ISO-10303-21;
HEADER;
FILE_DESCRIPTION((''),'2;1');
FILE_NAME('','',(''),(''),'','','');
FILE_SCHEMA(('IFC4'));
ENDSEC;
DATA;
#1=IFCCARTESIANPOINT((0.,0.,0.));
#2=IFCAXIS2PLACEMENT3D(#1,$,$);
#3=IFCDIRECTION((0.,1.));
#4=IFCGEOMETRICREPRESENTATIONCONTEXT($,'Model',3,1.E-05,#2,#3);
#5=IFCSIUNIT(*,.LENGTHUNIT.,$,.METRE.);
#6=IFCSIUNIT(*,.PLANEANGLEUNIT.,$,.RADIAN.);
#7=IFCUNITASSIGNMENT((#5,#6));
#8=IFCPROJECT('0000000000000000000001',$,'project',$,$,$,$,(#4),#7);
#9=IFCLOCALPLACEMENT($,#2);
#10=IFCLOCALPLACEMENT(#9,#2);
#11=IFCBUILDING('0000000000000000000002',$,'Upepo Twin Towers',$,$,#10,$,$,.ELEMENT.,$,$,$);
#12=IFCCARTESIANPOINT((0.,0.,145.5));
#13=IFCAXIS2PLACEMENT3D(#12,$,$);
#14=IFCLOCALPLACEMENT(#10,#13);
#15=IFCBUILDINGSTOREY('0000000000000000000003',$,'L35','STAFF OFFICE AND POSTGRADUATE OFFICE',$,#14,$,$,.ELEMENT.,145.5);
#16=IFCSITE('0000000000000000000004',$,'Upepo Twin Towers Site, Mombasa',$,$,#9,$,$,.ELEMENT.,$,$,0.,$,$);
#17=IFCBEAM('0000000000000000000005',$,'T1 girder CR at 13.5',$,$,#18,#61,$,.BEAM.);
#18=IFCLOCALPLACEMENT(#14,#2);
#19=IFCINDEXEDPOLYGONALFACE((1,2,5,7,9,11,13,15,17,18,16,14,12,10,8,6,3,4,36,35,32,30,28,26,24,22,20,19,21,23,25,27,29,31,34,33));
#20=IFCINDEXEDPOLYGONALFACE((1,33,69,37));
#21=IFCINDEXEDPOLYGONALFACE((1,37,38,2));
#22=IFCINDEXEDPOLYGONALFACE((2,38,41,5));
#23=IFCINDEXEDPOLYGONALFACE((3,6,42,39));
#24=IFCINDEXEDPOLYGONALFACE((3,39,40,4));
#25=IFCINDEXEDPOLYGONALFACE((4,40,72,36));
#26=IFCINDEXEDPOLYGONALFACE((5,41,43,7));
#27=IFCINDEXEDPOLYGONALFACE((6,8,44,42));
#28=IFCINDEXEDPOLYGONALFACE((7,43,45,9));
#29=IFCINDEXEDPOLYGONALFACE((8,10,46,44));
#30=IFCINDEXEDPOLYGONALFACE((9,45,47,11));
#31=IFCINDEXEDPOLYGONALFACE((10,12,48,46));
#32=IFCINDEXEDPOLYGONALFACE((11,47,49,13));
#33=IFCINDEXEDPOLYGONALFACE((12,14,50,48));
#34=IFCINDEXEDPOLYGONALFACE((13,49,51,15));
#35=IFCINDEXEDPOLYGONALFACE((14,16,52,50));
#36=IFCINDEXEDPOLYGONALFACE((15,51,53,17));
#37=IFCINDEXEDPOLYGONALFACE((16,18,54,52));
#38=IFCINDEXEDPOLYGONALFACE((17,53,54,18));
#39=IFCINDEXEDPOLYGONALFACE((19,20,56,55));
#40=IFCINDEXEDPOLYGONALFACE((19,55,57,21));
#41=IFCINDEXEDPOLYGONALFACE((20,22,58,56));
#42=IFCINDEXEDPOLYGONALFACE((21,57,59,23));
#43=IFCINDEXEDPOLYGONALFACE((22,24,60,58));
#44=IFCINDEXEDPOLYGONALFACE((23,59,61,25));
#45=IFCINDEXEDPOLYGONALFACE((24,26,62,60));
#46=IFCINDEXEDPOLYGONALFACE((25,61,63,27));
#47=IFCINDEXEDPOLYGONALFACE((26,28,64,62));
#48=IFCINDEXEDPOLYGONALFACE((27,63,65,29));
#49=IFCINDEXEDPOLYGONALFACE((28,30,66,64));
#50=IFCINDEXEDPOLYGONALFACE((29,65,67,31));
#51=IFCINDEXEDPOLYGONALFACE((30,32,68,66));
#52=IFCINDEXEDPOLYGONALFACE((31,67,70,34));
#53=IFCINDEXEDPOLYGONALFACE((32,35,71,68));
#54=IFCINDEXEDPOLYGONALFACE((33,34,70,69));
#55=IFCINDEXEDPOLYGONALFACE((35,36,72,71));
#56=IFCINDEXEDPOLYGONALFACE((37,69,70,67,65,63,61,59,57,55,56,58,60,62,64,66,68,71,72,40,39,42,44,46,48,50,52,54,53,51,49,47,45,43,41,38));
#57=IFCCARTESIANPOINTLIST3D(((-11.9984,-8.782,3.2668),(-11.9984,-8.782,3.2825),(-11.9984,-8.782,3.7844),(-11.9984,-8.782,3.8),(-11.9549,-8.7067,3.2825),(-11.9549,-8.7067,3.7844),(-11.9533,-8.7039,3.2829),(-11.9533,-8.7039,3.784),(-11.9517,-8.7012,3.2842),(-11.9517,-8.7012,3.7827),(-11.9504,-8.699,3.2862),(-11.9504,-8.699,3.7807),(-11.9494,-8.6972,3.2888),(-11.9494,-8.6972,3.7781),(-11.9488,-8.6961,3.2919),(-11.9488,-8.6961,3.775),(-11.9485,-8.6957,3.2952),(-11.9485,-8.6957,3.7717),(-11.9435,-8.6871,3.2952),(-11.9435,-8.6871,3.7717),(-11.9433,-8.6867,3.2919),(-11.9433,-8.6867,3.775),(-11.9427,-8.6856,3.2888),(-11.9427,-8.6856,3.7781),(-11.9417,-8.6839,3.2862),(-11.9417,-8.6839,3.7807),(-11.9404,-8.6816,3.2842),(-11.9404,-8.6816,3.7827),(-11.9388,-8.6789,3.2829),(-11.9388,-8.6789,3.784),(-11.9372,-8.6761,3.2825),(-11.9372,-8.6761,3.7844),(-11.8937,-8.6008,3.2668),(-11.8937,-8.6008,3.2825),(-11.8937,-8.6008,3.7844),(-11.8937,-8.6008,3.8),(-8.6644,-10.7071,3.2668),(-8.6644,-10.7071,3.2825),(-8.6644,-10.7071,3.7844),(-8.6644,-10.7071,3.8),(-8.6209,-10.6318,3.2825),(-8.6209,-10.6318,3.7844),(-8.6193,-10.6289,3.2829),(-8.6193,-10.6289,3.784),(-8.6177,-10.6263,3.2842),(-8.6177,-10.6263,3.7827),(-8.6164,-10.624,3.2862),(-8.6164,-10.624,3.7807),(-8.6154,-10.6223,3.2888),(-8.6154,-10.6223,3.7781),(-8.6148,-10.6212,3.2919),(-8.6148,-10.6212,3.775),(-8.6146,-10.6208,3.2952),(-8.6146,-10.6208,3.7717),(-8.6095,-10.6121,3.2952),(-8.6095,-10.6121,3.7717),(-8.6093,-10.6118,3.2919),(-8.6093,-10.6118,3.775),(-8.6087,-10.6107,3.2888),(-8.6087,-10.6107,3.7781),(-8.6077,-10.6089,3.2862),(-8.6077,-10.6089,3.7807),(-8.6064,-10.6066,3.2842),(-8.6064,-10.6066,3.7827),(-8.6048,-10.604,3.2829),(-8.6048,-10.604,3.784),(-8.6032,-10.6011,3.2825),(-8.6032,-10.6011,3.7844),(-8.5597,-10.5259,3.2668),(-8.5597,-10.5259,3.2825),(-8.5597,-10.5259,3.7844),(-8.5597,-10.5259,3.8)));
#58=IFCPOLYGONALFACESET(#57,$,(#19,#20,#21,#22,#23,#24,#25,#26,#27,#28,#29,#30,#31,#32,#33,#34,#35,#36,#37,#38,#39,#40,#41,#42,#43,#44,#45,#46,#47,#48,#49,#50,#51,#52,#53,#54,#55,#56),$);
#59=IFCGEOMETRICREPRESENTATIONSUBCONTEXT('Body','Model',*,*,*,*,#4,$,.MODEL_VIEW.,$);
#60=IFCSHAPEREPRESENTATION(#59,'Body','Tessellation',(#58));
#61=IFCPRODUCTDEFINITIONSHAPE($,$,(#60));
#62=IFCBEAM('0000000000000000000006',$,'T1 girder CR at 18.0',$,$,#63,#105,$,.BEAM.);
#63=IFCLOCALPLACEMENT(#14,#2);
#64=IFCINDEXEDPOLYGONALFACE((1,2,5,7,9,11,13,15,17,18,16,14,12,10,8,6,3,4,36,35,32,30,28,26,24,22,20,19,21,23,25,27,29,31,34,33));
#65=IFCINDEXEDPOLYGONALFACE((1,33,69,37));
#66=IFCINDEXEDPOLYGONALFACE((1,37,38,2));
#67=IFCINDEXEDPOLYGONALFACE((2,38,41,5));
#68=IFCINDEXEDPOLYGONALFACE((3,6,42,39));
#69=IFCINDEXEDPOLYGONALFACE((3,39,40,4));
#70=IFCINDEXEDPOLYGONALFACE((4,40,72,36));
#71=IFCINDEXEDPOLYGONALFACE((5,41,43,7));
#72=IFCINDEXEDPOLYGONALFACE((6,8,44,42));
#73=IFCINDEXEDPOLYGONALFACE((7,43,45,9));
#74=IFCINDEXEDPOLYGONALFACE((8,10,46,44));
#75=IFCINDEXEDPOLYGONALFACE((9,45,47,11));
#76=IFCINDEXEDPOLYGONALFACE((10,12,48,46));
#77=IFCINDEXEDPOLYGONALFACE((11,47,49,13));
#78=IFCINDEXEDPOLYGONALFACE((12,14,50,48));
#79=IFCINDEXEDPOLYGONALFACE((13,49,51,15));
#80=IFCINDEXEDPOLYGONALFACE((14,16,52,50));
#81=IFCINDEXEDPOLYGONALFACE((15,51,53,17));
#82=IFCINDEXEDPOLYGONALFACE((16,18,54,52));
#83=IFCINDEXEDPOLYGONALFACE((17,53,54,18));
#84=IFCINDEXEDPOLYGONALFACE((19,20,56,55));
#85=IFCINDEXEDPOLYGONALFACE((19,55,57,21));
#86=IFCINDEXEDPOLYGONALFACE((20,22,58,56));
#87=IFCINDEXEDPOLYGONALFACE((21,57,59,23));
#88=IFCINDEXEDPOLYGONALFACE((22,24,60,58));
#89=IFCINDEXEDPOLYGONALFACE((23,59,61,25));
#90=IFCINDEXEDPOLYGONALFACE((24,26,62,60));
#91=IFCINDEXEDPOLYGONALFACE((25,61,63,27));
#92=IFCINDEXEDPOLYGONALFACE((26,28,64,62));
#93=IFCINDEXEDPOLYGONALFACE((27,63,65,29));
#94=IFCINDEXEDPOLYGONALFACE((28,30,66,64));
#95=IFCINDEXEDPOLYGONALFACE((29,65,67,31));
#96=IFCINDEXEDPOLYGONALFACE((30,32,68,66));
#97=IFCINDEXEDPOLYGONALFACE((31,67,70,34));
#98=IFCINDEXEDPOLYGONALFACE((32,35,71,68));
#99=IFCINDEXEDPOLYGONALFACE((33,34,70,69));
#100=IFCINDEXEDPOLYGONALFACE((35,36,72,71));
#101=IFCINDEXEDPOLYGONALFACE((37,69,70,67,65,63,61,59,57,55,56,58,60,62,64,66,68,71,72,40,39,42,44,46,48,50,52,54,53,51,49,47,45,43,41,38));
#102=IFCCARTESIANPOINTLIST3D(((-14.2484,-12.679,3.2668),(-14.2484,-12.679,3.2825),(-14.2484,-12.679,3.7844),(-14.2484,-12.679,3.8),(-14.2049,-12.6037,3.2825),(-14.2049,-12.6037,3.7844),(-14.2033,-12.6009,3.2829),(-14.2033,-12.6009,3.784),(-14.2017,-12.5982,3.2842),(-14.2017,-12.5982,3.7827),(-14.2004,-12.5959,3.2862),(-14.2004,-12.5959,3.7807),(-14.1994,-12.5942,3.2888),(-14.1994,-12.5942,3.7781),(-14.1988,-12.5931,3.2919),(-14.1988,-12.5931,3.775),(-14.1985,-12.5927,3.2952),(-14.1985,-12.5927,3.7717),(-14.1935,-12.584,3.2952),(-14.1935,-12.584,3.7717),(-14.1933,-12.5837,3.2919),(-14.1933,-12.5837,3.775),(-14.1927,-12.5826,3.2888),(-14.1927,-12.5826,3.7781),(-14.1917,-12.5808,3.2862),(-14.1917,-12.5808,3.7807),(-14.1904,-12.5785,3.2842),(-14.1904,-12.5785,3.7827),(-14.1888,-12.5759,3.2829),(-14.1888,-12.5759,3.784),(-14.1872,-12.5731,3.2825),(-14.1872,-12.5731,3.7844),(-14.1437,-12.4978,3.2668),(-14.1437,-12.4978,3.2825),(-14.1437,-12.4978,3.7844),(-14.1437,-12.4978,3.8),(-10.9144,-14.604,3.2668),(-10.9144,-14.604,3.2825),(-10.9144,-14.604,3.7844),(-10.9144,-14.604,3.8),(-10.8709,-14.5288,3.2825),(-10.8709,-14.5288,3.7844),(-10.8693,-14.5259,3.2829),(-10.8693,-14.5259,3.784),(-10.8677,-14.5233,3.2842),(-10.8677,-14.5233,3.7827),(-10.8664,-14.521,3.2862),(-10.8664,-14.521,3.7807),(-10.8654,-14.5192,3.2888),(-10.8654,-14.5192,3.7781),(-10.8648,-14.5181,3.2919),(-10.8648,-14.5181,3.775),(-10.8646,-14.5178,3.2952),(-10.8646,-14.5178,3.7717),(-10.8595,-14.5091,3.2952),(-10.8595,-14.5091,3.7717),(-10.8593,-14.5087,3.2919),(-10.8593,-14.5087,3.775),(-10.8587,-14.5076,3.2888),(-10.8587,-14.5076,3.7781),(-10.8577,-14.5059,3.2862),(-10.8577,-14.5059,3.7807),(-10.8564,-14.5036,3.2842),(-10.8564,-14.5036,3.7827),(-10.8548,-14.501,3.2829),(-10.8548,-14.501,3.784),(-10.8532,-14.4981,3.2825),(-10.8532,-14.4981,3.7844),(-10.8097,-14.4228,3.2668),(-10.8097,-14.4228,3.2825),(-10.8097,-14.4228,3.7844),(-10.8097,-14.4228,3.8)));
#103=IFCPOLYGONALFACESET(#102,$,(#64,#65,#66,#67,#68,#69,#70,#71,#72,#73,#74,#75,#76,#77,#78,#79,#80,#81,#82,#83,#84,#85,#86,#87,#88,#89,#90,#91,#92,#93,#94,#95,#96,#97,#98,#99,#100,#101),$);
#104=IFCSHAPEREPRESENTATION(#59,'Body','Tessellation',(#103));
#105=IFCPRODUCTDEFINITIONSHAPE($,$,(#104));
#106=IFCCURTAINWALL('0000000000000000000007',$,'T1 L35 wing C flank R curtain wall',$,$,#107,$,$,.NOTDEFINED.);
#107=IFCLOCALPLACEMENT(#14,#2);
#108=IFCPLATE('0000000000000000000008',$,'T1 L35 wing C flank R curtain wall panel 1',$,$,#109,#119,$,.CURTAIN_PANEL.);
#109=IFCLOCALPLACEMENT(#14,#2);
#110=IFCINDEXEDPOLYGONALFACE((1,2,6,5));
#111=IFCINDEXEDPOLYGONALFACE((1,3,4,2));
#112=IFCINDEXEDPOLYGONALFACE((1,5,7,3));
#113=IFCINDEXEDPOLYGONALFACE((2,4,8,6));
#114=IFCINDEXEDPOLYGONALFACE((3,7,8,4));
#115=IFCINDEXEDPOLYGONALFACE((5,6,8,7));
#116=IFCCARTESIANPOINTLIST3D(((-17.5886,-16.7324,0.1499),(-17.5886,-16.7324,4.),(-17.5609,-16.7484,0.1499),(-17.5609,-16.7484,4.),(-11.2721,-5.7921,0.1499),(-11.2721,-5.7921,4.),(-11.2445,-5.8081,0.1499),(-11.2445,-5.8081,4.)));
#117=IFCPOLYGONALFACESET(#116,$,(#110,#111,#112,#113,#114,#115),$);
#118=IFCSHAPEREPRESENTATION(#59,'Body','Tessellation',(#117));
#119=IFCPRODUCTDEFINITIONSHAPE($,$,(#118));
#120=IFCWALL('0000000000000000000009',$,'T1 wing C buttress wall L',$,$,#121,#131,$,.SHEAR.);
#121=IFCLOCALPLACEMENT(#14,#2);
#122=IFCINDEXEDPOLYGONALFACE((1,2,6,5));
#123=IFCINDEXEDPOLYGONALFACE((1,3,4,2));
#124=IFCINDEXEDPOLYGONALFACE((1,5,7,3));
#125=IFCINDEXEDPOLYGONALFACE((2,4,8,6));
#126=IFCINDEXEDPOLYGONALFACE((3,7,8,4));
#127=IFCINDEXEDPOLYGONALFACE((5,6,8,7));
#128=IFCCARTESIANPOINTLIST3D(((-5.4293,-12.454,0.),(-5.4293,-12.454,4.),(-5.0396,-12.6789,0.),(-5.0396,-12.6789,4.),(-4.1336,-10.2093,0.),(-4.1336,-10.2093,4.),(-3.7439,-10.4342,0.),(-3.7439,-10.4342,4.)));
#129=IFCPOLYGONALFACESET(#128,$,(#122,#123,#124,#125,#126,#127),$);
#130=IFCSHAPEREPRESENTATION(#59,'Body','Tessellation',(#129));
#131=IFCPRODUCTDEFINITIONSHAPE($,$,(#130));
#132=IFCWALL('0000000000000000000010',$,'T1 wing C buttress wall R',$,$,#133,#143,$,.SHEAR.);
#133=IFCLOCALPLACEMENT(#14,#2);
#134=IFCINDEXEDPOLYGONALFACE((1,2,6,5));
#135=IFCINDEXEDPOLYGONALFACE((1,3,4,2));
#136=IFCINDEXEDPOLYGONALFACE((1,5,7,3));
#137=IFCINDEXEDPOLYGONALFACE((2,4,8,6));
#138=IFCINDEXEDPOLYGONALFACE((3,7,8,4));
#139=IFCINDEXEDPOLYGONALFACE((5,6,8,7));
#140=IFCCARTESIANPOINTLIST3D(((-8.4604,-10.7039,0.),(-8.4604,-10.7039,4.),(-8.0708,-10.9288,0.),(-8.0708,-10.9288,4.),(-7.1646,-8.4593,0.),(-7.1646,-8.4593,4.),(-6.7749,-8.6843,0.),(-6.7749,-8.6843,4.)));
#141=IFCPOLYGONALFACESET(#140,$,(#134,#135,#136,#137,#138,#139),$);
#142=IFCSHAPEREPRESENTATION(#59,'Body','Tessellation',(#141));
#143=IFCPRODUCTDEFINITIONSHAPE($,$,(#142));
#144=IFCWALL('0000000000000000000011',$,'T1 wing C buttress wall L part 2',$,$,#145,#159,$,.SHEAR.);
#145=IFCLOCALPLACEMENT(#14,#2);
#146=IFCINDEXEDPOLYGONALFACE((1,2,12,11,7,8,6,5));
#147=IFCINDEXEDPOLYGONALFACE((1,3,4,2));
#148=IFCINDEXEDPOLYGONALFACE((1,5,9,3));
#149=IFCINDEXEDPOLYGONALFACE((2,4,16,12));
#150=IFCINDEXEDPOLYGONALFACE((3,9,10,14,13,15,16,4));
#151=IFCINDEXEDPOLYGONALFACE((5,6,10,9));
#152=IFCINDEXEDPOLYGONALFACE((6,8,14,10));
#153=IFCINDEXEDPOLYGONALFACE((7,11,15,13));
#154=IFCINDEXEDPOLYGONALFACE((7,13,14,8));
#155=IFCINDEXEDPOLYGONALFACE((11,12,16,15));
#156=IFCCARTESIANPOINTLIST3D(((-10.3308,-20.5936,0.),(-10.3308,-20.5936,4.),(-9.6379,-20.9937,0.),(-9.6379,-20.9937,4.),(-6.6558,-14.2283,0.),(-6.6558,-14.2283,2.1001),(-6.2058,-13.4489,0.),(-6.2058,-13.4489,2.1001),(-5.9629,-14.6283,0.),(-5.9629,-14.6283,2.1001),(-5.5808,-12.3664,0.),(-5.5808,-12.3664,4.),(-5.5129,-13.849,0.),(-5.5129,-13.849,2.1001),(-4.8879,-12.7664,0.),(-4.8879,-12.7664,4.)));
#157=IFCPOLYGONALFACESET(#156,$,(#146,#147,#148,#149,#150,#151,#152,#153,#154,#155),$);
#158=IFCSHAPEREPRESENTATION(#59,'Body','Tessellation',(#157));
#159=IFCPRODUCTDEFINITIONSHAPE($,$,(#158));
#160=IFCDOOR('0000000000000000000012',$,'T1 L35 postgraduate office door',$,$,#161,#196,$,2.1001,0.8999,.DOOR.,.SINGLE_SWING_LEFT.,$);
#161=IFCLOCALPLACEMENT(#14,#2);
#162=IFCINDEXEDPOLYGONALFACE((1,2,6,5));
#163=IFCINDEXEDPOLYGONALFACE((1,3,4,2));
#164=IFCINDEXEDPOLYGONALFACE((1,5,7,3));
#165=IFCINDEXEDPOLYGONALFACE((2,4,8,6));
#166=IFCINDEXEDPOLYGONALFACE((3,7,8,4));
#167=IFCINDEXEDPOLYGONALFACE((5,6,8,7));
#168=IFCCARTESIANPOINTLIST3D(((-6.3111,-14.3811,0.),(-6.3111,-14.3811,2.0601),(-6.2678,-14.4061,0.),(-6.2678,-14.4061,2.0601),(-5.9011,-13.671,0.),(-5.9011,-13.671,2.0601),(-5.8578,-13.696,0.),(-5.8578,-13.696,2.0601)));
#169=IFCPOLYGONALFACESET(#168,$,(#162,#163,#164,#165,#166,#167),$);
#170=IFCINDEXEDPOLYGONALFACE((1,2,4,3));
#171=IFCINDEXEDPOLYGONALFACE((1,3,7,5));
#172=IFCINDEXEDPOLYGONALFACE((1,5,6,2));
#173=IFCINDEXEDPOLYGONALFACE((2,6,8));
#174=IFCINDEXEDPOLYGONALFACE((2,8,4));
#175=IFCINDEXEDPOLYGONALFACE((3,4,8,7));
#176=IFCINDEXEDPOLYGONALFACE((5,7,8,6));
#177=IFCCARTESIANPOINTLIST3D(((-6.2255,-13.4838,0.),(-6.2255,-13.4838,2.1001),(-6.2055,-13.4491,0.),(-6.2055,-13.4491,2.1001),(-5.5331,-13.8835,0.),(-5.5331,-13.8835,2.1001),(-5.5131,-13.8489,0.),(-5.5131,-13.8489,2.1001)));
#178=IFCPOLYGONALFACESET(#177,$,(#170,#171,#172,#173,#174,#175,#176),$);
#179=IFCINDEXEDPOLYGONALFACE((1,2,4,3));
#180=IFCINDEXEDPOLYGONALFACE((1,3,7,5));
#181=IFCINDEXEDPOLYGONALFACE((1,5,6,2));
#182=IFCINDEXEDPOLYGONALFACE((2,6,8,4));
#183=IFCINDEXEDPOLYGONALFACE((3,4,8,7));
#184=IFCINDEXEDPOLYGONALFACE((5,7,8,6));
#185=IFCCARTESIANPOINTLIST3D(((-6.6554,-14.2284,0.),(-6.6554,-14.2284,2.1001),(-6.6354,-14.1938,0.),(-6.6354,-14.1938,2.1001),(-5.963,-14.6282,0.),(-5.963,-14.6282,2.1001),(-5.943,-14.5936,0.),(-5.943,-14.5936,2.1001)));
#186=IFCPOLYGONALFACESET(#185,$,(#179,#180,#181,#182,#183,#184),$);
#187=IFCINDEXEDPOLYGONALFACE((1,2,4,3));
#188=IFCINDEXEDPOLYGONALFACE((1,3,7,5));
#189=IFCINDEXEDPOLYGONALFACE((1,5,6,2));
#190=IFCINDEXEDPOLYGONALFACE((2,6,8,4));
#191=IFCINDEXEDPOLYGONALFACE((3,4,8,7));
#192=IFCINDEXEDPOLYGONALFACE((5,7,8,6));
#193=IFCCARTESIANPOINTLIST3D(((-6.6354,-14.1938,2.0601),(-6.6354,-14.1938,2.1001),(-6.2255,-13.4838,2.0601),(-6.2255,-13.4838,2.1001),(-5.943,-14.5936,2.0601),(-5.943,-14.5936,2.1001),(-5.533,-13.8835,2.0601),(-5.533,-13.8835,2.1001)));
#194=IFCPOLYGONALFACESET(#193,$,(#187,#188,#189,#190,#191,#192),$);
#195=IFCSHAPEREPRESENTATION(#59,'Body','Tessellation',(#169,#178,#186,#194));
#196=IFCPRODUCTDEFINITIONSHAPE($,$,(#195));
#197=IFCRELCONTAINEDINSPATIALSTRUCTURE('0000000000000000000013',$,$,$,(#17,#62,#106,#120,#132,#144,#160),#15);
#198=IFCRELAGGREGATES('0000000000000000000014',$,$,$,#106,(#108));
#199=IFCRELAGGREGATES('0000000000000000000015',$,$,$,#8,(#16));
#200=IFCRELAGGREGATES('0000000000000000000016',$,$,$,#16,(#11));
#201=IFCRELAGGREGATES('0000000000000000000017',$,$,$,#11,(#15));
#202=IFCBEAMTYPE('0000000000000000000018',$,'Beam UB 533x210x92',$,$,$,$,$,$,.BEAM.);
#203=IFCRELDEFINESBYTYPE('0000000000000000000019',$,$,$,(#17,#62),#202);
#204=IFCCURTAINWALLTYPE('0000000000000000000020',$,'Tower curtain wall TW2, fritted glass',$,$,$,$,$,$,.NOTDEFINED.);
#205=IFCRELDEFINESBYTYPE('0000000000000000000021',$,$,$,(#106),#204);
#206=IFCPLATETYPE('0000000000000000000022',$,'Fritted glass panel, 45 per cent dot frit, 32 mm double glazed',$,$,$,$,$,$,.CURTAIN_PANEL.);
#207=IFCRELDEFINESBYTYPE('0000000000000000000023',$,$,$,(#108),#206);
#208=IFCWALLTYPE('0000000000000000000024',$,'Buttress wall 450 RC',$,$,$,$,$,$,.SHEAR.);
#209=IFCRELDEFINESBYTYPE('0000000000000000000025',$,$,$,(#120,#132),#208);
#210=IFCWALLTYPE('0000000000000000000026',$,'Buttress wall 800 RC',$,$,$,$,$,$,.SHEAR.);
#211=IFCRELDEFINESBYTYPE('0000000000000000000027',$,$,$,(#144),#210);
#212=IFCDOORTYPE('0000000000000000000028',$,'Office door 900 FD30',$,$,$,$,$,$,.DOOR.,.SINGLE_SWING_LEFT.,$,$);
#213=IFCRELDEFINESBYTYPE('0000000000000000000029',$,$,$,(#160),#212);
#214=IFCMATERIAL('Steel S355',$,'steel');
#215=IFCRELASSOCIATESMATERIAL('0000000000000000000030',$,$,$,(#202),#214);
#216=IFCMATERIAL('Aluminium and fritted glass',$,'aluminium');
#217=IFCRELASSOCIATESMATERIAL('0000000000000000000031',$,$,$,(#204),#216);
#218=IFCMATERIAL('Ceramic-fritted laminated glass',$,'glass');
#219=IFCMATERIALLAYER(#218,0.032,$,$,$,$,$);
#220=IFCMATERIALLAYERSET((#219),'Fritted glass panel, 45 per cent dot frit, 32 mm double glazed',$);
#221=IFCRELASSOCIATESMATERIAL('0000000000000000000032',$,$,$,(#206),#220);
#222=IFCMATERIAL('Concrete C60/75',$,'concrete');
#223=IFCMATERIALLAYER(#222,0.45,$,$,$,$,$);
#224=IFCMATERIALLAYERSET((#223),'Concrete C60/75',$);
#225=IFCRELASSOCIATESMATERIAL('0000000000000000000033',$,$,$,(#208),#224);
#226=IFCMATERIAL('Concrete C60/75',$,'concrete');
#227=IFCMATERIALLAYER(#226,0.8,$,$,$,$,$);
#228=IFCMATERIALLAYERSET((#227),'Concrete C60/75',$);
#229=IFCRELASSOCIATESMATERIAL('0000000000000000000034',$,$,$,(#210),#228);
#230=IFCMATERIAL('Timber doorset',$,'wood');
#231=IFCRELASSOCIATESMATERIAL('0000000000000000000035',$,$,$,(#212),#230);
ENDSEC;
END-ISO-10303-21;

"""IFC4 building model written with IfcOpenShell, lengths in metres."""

from ifc_helpers import new_model, si_unit, direction, frame, frame_2d, origin, origin_2d, place, context, subcontext, project, spatial, rectangle, i_section, extrude, material, layer, layer_set, material_profile, profile_set, type_object, element, fill, aggregate, save


model = new_model("IFC4")

# Units and contexts
model_context = context("Model", 3, precision=1e-05, world=origin(), true_north=direction((0.0, 1.0)))
body_context = subcontext(model_context, "Body", "Model", "MODEL_VIEW")
ifc_project = project(units=[si_unit("LENGTHUNIT", "METRE"), si_unit("PLANEANGLEUNIT", "RADIAN")], contexts=[model_context])

# Site, building, storey
site_placement = place(None, origin())
site = spatial("IfcSite", under=ifc_project, at=site_placement, Name="Upepo Twin Towers Site, Mombasa", CompositionType="ELEMENT", RefElevation=0.0)
building_placement = place(site_placement, origin())
building = spatial("IfcBuilding", under=site, at=building_placement, Name="Upepo Twin Towers", CompositionType="ELEMENT")
storey_placement = place(building_placement, frame((0.0, 0.0, 145.5)))
storey = spatial("IfcBuildingStorey", under=building, at=storey_placement, Name="L35", Description="STAFF OFFICE AND POSTGRADUATE OFFICE", CompositionType="ELEMENT", Elevation=145.5)

# Beams
ifc_material_1 = material(Name="Steel S355", Category="steel")
ifc_material_profile_1 = material_profile(ifc_material_1, i_section(OverallWidth=0.2092, OverallDepth=0.5332, WebThickness=0.01, FlangeThickness=0.0156, FilletRadius=0.0127, at=origin_2d()), Name="UB 533x210x92")
ifc_profile_set_1 = profile_set([ifc_material_profile_1], Name="Steel S355")
beam_type_1 = type_object("IfcBeamType", Name="Beam UB 533x210x92", PredefinedType="BEAM", material=ifc_profile_set_1)
for number, where, z_axis, x_axis, name in (
    (1, (-11.946, -8.6914, 3.5334), (0.866006, -0.500034, 0.0), (0.500034, 0.866006, 0.0), "T1 girder CR at 13.5"),
    (2, (-14.196, -12.5884, 3.5334), (0.866006, -0.500034, 0.0), (0.500034, 0.866006, 0.0), "T1 girder CR at 18.0"),
):
    element("IfcBeam", number, at=place(storey_placement, frame(where, z_axis=z_axis, x_axis=x_axis)), inside=storey, type_object=beam_type_1, Name=name, PredefinedType="BEAM", context=body_context, shape_type="SweptSolid", body=[
        extrude(i_section(OverallWidth=0.2092, OverallDepth=0.5332, WebThickness=0.01, FlangeThickness=0.0156, FilletRadius=0.0127, at=origin_2d()), origin(), (0.0, 0.0, 1.0), 3.8499),
    ])

# Curtain wall, plate
ifc_material_2 = material(Name="Aluminium and fritted glass", Category="aluminium")
curtain_wall_type = type_object("IfcCurtainWallType", Name="Tower curtain wall TW2, fritted glass", PredefinedType="NOTDEFINED", material=ifc_material_2)
curtain_wall_placement = place(storey_placement, origin())
curtain_wall = element("IfcCurtainWall", 3, at=curtain_wall_placement, inside=storey, type_object=curtain_wall_type, Name="T1 L35 wing C flank R curtain wall", PredefinedType="NOTDEFINED")
ifc_material_3 = material(Name="Ceramic-fritted laminated glass", Category="glass")
ifc_layer_1 = layer(ifc_material_3, 0.032)
ifc_layer_set_1 = layer_set([ifc_layer_1], Name="Fritted glass panel, 45 per cent dot frit, 32 mm double glazed")
plate_type = type_object("IfcPlateType", Name="Fritted glass panel, 45 per cent dot frit, 32 mm double glazed", PredefinedType="CURTAIN_PANEL", material=ifc_layer_set_1)
plate_placement = place(storey_placement, frame((-14.4165, -11.2703, 0.1499), z_axis=(0.0, 0.0, 1.0), x_axis=(0.5, 0.866025, 0.0)))
plate = element("IfcPlate", 4, at=plate_placement, type_object=plate_type, Name="T1 L35 wing C flank R curtain wall panel 1", PredefinedType="CURTAIN_PANEL", context=body_context, shape_type="SweptSolid", body=[
    extrude(rectangle(XDim=12.6328, YDim=0.032, at=origin_2d()), origin(), (0.0, 0.0, 1.0), 3.8501),
])
aggregate(curtain_wall, [plate])

# Walls
ifc_material_4 = material(Name="Concrete C60/75", Category="concrete")
ifc_layer_2 = layer(ifc_material_4, 0.45)
ifc_layer_set_2 = layer_set([ifc_layer_2], Name="Concrete C60/75")
wall_type_1 = type_object("IfcWallType", Name="Buttress wall 450 RC", PredefinedType="SHEAR", material=ifc_layer_set_2)
for number, where, z_axis, x_axis, name in (
    (5, (-3.9387, -10.3218, 0.0), (0.0, 0.0, 1.0), (-0.499918, -0.866073, 0.0), "T1 wing C buttress wall L"),
    (6, (-6.9697, -8.5718, 0.0), (0.0, 0.0, 1.0), (-0.499989, -0.866032, 0.0), "T1 wing C buttress wall R"),
):
    element("IfcWall", number, at=place(storey_placement, frame(where, z_axis=z_axis, x_axis=x_axis)), inside=storey, type_object=wall_type_1, Name=name, PredefinedType="SHEAR", context=body_context, shape_type="SweptSolid", body=[
        extrude(rectangle(XDim=2.5918, YDim=0.45, at=frame_2d((1.2959, 0.0))), origin(), (0.0, 0.0, 1.0), 4.0),
    ])

# Wall, opening, door
ifc_material_5 = material(Name="Concrete C60/75", Category="concrete")
ifc_layer_3 = layer(ifc_material_5, 0.8)
ifc_layer_set_3 = layer_set([ifc_layer_3], Name="Concrete C60/75")
wall_type_2 = type_object("IfcWallType", Name="Buttress wall 800 RC", PredefinedType="SHEAR", material=ifc_layer_set_3)
wall_1_placement = place(storey_placement, frame((-5.2344, -12.5664, 0.0), z_axis=(0.0, 0.0, 1.0), x_axis=(-0.499998, -0.866027, 0.0)))
wall_1 = element("IfcWall", 7, at=wall_1_placement, inside=storey, type_object=wall_type_2, Name="T1 wing C buttress wall L part 2", PredefinedType="SHEAR", context=body_context, shape_type="SweptSolid", body=[
    extrude(rectangle(XDim=9.5, YDim=0.8, at=frame_2d((4.75, 0.0))), origin(), (0.0, 0.0, 1.0), 4.0),
])
opening_1_placement = place(wall_1_placement, frame((1.25, 0.0, 0.0)))
opening_1 = element("IfcOpeningElement", 8, at=opening_1_placement, cuts=wall_1, PredefinedType="OPENING", context=body_context, shape_type="SweptSolid", body=[
    extrude(rectangle(XDim=0.8999, YDim=2.1001, at=frame_2d((0.45, 1.05))), frame((0.0, 0.4099, 0.0), z_axis=(0.0, -1.0, 0.0), x_axis=(1.0, 0.0, 0.0)), (0.0, 0.0, 1.0), 0.8201),
])
ifc_material_6 = material(Name="Timber doorset", Category="wood")
door_type_1 = type_object("IfcDoorType", Name="Office door 900 FD30", OperationType="SINGLE_SWING_LEFT", PredefinedType="DOOR", material=ifc_material_6)
door_1_placement = place(opening_1_placement, origin())
door_1 = element("IfcDoor", 9, at=door_1_placement, inside=storey, type_object=door_type_1, Name="T1 L35 postgraduate office door", OperationType="SINGLE_SWING_LEFT", OverallHeight=2.1001, OverallWidth=0.8999, PredefinedType="DOOR", context=body_context, shape_type="SweptSolid", body=[
    extrude(rectangle(XDim=0.8199, YDim=2.0601, at=frame_2d((0.45, 1.03))), frame((0.0, 0.0249, 0.0), z_axis=(0.0, -1.0, 0.0), x_axis=(1.0, 0.0, 0.0)), (0.0, 0.0, 1.0), 0.05),
    extrude(rectangle(XDim=0.04, YDim=2.1001, at=frame_2d((0.02, 1.05))), frame((0.0, 0.3999, 0.0), z_axis=(0.0, -1.0, 0.0), x_axis=(1.0, 0.0, 0.0)), (0.0, 0.0, 1.0), 0.7996),
    extrude(rectangle(XDim=0.04, YDim=2.1001, at=frame_2d((0.8799, 1.05))), frame((0.0, 0.3999, 0.0), z_axis=(0.0, -1.0, 0.0), x_axis=(1.0, 0.0, 0.0)), (0.0, 0.0, 1.0), 0.7996),
    extrude(rectangle(XDim=0.8199, YDim=0.04, at=frame_2d((0.45, 2.0801))), frame((0.0, 0.3999, 0.0), z_axis=(0.0, -1.0, 0.0), x_axis=(1.0, 0.0, 0.0)), (0.0, 0.0, 1.0), 0.7996),
])
fill(opening_1, door_1)

save(model, "model.ifc")
